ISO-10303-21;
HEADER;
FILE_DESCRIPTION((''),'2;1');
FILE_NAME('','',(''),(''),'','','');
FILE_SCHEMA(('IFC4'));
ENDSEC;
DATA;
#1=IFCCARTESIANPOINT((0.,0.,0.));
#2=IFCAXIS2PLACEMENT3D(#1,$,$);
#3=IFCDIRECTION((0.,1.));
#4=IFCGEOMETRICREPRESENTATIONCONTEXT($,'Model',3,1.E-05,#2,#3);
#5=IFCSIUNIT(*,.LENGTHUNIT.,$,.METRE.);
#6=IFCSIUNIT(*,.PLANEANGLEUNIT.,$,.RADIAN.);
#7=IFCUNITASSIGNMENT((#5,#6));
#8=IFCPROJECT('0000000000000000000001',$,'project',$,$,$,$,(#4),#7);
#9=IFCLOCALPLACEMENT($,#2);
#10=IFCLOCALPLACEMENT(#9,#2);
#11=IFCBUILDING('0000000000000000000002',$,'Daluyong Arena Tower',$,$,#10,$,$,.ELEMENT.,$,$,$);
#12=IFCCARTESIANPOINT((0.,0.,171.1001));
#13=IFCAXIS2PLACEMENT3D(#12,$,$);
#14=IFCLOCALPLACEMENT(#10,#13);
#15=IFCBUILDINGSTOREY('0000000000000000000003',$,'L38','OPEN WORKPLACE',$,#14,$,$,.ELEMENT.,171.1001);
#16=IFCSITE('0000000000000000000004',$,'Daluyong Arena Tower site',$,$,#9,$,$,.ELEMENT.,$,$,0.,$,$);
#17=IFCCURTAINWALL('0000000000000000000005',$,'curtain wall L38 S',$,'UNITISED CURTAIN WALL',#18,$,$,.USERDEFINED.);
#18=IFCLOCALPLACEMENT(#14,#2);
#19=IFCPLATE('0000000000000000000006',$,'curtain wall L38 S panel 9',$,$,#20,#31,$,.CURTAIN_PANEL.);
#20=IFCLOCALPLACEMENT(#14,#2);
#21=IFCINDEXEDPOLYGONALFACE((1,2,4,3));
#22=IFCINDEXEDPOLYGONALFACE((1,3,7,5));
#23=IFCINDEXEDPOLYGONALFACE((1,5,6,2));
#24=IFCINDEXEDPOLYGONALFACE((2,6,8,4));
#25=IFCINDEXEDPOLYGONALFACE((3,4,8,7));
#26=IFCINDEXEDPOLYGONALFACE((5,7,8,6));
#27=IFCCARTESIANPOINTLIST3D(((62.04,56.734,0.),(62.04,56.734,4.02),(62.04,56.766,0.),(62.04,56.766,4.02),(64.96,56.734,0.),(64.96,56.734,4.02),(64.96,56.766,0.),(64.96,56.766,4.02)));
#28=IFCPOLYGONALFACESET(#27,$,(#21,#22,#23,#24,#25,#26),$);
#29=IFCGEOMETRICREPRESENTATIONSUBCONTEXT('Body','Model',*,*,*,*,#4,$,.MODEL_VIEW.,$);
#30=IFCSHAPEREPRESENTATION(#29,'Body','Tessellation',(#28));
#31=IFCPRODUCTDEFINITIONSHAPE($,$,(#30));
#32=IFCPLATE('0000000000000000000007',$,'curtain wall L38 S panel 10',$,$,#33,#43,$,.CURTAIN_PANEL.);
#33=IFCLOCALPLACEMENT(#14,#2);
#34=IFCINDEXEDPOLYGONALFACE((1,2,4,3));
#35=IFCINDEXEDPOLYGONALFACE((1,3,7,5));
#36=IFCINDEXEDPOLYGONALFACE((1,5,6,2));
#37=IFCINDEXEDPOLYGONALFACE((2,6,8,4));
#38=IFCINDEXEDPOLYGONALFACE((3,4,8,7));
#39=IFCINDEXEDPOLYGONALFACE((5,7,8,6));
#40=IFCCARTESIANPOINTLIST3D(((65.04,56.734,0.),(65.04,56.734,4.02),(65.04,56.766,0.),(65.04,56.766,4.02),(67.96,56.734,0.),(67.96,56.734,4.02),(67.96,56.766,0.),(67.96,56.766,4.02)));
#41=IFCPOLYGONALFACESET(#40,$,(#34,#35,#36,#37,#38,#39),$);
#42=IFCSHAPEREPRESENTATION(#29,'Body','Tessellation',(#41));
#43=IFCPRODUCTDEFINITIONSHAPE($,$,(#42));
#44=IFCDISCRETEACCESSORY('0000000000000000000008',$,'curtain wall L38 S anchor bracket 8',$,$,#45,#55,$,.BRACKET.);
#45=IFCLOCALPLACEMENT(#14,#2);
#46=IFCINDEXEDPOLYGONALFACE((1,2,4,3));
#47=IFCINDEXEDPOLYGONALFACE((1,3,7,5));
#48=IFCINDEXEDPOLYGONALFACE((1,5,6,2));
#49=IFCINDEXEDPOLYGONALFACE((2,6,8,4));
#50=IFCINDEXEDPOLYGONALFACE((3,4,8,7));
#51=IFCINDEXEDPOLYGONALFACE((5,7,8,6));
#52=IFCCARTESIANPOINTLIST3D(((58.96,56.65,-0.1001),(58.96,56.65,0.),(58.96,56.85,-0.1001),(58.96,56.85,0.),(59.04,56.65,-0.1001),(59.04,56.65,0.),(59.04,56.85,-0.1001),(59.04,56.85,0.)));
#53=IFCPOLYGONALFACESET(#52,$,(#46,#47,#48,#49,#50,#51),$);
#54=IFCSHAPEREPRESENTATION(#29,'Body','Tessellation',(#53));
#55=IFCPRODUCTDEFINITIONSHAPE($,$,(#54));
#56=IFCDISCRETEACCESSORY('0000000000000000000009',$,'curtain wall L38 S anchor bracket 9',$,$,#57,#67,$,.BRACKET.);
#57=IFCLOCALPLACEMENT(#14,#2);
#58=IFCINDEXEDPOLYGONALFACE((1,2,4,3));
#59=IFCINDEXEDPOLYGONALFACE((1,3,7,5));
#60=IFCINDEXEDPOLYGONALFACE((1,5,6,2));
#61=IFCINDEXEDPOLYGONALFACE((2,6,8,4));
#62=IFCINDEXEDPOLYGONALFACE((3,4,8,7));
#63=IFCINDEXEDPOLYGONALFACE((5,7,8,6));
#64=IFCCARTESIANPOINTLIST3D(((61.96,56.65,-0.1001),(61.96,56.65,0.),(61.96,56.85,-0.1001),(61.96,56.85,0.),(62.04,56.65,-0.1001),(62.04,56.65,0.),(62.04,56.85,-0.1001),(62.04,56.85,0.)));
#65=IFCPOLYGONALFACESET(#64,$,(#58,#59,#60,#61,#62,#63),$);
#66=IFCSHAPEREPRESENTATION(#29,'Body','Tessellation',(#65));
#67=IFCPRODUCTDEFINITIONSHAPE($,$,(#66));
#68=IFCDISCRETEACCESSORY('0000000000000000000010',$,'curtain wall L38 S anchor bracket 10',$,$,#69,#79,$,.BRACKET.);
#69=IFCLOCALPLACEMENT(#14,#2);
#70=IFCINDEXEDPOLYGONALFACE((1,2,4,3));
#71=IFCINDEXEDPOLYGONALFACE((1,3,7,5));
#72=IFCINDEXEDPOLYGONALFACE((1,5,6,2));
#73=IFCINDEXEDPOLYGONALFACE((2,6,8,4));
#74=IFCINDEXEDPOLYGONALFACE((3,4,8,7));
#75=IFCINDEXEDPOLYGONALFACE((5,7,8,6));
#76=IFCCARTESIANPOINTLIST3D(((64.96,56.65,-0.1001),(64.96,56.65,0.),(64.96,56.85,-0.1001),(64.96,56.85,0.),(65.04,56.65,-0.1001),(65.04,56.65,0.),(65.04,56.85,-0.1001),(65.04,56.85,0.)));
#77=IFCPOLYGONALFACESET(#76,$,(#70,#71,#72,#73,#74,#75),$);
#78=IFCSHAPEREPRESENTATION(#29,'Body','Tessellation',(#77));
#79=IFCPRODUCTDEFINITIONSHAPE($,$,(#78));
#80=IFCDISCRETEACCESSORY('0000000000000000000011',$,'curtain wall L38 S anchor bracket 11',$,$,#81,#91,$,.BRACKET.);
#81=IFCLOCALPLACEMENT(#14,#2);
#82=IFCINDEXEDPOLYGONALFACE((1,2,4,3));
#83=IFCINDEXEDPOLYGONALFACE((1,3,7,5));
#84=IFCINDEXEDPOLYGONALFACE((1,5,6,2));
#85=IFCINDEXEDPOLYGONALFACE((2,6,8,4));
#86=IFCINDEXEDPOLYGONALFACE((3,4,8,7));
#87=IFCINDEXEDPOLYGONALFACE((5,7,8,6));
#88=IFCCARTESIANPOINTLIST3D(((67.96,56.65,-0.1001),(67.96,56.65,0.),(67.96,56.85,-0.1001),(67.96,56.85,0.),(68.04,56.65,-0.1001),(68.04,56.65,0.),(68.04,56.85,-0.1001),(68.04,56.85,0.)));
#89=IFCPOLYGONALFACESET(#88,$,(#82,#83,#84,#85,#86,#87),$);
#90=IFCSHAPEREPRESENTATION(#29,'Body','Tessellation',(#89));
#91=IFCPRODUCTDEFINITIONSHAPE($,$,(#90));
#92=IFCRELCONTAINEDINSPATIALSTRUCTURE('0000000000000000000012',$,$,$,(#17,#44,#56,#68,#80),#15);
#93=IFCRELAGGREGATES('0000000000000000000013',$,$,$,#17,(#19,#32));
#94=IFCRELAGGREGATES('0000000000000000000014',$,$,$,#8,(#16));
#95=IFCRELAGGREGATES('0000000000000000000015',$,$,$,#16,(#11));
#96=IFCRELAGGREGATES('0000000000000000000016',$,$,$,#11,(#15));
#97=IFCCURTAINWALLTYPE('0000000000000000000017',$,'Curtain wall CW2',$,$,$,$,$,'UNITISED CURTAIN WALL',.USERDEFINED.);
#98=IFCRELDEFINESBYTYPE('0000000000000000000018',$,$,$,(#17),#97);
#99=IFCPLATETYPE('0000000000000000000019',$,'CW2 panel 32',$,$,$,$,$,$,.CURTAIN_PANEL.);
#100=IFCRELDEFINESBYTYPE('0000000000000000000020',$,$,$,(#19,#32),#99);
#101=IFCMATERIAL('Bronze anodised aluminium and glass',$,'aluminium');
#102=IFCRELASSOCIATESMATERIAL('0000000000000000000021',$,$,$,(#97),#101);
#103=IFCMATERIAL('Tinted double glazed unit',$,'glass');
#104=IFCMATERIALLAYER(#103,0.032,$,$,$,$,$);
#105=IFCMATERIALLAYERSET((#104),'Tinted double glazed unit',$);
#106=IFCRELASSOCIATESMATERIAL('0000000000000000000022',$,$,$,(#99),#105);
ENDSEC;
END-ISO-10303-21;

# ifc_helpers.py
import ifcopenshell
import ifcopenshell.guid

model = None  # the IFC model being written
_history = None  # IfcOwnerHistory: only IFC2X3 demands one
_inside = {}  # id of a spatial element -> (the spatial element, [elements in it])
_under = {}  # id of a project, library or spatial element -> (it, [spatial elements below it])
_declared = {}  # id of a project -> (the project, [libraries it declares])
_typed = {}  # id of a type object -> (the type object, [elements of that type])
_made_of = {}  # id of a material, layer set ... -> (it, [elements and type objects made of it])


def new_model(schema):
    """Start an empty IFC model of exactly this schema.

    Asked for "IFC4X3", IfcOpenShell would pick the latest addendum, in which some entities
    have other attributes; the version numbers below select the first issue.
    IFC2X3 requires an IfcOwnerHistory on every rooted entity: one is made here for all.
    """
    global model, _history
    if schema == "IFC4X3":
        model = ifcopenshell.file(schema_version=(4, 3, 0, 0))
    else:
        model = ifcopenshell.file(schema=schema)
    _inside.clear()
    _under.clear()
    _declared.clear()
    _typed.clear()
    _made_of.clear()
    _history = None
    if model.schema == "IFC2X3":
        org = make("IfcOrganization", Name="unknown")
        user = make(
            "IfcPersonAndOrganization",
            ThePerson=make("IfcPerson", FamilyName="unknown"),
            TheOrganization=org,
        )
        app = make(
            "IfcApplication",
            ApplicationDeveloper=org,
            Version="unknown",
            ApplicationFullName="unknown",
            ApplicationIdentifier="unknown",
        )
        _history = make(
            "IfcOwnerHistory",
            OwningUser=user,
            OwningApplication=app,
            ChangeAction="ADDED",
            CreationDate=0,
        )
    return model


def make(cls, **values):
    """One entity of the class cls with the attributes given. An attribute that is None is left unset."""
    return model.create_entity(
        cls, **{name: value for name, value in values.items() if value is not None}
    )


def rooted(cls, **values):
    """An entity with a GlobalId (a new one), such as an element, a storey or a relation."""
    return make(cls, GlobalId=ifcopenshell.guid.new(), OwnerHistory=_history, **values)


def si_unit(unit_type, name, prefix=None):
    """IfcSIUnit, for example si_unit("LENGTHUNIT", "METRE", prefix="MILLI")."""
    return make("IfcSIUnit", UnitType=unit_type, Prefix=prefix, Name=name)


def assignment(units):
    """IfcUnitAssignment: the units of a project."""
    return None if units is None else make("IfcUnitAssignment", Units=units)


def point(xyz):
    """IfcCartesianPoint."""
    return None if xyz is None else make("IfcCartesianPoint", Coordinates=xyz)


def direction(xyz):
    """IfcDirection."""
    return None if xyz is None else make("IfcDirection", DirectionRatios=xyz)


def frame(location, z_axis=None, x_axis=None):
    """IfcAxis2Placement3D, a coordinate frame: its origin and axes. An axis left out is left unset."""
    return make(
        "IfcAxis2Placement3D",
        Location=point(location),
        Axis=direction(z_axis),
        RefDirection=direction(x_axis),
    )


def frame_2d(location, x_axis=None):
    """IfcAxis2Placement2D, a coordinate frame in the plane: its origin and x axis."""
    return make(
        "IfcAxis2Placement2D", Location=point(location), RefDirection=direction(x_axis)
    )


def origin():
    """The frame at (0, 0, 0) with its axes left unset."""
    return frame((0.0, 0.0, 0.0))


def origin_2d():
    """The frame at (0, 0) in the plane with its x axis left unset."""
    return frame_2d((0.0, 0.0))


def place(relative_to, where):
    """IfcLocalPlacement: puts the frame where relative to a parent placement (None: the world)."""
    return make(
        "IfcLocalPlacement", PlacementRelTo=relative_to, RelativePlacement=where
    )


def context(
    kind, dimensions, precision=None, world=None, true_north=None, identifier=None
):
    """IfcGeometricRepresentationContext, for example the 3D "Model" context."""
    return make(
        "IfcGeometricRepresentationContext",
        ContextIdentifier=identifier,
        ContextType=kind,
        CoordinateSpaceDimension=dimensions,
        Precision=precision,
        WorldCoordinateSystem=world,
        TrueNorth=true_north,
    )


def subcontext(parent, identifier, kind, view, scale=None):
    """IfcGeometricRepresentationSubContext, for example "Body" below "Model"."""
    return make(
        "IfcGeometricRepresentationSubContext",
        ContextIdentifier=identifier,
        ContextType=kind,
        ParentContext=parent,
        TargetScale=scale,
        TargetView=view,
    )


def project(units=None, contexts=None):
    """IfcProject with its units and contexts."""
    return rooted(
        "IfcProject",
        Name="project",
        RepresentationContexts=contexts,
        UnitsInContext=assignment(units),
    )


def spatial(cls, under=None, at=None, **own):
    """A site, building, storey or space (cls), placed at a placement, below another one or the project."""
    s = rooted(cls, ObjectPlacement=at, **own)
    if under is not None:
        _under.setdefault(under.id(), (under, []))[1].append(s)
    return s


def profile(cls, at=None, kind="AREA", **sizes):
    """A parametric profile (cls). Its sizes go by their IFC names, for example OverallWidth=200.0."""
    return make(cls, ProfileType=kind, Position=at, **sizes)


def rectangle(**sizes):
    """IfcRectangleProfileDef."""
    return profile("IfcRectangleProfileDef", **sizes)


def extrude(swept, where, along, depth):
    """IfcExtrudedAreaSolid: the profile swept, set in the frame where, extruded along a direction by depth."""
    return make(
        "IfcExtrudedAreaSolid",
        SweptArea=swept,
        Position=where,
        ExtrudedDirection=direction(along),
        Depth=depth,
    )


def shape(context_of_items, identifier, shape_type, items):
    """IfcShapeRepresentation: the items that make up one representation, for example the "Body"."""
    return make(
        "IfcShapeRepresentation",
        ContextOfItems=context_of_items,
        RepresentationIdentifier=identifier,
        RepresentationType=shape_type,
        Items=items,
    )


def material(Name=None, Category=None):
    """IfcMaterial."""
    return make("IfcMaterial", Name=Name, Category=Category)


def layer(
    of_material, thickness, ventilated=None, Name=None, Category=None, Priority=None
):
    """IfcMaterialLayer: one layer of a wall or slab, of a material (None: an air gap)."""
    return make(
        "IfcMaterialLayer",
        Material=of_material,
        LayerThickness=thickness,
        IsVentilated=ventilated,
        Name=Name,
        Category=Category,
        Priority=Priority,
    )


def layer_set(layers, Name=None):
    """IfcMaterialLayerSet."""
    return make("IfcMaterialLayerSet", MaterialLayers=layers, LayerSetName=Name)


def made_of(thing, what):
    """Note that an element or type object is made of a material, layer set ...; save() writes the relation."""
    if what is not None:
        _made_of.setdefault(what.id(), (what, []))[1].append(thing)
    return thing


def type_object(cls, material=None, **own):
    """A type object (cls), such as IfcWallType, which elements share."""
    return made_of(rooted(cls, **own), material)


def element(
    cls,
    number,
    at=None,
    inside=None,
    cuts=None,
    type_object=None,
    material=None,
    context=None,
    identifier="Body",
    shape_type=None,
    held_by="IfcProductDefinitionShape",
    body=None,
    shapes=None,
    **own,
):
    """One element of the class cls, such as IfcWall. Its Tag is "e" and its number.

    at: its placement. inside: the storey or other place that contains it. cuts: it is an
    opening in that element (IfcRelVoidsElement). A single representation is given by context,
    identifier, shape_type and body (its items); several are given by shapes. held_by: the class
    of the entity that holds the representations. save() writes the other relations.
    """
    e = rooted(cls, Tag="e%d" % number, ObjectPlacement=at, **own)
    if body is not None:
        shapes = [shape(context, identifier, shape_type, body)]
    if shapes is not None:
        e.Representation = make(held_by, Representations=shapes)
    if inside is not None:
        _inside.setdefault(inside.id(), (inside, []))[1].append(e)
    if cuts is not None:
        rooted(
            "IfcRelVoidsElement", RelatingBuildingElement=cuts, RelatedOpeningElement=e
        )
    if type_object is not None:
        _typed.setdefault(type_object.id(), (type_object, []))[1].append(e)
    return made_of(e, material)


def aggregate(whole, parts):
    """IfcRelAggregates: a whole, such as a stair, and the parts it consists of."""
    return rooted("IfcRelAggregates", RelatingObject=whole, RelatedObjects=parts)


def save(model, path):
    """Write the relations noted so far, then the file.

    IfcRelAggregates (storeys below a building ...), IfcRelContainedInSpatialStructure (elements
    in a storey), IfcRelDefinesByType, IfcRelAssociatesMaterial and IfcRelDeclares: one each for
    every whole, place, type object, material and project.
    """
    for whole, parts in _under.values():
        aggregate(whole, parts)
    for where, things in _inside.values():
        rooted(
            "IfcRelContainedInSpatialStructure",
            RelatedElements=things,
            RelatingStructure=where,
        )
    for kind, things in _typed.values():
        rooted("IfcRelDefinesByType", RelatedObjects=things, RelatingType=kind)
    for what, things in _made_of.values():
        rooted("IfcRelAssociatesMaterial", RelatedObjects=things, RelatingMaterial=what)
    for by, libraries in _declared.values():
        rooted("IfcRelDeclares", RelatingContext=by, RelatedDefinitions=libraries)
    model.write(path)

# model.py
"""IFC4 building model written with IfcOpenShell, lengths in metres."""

from ifc_helpers import new_model, si_unit, direction, frame, origin, origin_2d, place, context, subcontext, project, spatial, rectangle, extrude, material, layer, layer_set, type_object, element, aggregate, save


model = new_model("IFC4")

# Units and contexts
model_context = context("Model", 3, precision=1e-05, world=origin(), true_north=direction((0.0, 1.0)))
body_context = subcontext(model_context, "Body", "Model", "MODEL_VIEW")
ifc_project = project(units=[si_unit("LENGTHUNIT", "METRE"), si_unit("PLANEANGLEUNIT", "RADIAN")], contexts=[model_context])

# Site, building, storey
site_placement = place(None, origin())
site = spatial("IfcSite", under=ifc_project, at=site_placement, Name="Daluyong Arena Tower site", CompositionType="ELEMENT", RefElevation=0.0)
building_placement = place(site_placement, origin())
building = spatial("IfcBuilding", under=site, at=building_placement, Name="Daluyong Arena Tower", CompositionType="ELEMENT")
storey_placement = place(building_placement, frame((0.0, 0.0, 171.1001)))
storey = spatial("IfcBuildingStorey", under=building, at=storey_placement, Name="L38", Description="OPEN WORKPLACE", CompositionType="ELEMENT", Elevation=171.1001)

# Curtain wall
ifc_material_1 = material(Name="Bronze anodised aluminium and glass", Category="aluminium")
curtain_wall_type = type_object("IfcCurtainWallType", Name="Curtain wall CW2", ElementType="UNITISED CURTAIN WALL", PredefinedType="USERDEFINED", material=ifc_material_1)
curtain_wall_placement = place(storey_placement, origin())
curtain_wall = element("IfcCurtainWall", 1, at=curtain_wall_placement, inside=storey, type_object=curtain_wall_type, Name="curtain wall L38 S", ObjectType="UNITISED CURTAIN WALL", PredefinedType="USERDEFINED")

# Plates
ifc_material_2 = material(Name="Tinted double glazed unit", Category="glass")
ifc_layer = layer(ifc_material_2, 0.032)
ifc_layer_set = layer_set([ifc_layer], Name="Tinted double glazed unit")
plate_type = type_object("IfcPlateType", Name="CW2 panel 32", PredefinedType="CURTAIN_PANEL", material=ifc_layer_set)
plate_1_placement = place(storey_placement, frame((63.5, 56.75, 0.0), z_axis=(0.0, 0.0, 1.0), x_axis=(1.0, 0.0, 0.0)))
plate_1 = element("IfcPlate", 2, at=plate_1_placement, type_object=plate_type, Name="curtain wall L38 S panel 9", PredefinedType="CURTAIN_PANEL", context=body_context, shape_type="SweptSolid", body=[
    extrude(rectangle(XDim=2.9199, YDim=0.032, at=origin_2d()), origin(), (0.0, 0.0, 1.0), 4.02),
])
plate_2_placement = place(storey_placement, frame((66.5, 56.75, 0.0), z_axis=(0.0, 0.0, 1.0), x_axis=(1.0, 0.0, 0.0)))
plate_2 = element("IfcPlate", 3, at=plate_2_placement, type_object=plate_type, Name="curtain wall L38 S panel 10", PredefinedType="CURTAIN_PANEL", context=body_context, shape_type="SweptSolid", body=[
    extrude(rectangle(XDim=2.9199, YDim=0.032, at=origin_2d()), origin(), (0.0, 0.0, 1.0), 4.02),
])
aggregate(curtain_wall, [plate_1, plate_2])

# Discrete accessories
for number, where, z_axis, x_axis, name in (
    (4, (59.0, 56.75, -0.1001), (0.0, 0.0, 1.0), (1.0, 0.0, 0.0), "curtain wall L38 S anchor bracket 8"),
    (5, (62.0, 56.75, -0.1001), (0.0, 0.0, 1.0), (1.0, 0.0, 0.0), "curtain wall L38 S anchor bracket 9"),
    (6, (65.0, 56.75, -0.1001), (0.0, 0.0, 1.0), (1.0, 0.0, 0.0), "curtain wall L38 S anchor bracket 10"),
    (7, (68.0, 56.75, -0.1001), (0.0, 0.0, 1.0), (1.0, 0.0, 0.0), "curtain wall L38 S anchor bracket 11"),
):
    element("IfcDiscreteAccessory", number, at=place(storey_placement, frame(where, z_axis=z_axis, x_axis=x_axis)), inside=storey, Name=name, PredefinedType="BRACKET", context=body_context, shape_type="SweptSolid", body=[
        extrude(rectangle(XDim=0.0801, YDim=0.2, at=origin_2d()), origin(), (0.0, 0.0, 1.0), 0.1001),
    ])

save(model, "model.ifc")
